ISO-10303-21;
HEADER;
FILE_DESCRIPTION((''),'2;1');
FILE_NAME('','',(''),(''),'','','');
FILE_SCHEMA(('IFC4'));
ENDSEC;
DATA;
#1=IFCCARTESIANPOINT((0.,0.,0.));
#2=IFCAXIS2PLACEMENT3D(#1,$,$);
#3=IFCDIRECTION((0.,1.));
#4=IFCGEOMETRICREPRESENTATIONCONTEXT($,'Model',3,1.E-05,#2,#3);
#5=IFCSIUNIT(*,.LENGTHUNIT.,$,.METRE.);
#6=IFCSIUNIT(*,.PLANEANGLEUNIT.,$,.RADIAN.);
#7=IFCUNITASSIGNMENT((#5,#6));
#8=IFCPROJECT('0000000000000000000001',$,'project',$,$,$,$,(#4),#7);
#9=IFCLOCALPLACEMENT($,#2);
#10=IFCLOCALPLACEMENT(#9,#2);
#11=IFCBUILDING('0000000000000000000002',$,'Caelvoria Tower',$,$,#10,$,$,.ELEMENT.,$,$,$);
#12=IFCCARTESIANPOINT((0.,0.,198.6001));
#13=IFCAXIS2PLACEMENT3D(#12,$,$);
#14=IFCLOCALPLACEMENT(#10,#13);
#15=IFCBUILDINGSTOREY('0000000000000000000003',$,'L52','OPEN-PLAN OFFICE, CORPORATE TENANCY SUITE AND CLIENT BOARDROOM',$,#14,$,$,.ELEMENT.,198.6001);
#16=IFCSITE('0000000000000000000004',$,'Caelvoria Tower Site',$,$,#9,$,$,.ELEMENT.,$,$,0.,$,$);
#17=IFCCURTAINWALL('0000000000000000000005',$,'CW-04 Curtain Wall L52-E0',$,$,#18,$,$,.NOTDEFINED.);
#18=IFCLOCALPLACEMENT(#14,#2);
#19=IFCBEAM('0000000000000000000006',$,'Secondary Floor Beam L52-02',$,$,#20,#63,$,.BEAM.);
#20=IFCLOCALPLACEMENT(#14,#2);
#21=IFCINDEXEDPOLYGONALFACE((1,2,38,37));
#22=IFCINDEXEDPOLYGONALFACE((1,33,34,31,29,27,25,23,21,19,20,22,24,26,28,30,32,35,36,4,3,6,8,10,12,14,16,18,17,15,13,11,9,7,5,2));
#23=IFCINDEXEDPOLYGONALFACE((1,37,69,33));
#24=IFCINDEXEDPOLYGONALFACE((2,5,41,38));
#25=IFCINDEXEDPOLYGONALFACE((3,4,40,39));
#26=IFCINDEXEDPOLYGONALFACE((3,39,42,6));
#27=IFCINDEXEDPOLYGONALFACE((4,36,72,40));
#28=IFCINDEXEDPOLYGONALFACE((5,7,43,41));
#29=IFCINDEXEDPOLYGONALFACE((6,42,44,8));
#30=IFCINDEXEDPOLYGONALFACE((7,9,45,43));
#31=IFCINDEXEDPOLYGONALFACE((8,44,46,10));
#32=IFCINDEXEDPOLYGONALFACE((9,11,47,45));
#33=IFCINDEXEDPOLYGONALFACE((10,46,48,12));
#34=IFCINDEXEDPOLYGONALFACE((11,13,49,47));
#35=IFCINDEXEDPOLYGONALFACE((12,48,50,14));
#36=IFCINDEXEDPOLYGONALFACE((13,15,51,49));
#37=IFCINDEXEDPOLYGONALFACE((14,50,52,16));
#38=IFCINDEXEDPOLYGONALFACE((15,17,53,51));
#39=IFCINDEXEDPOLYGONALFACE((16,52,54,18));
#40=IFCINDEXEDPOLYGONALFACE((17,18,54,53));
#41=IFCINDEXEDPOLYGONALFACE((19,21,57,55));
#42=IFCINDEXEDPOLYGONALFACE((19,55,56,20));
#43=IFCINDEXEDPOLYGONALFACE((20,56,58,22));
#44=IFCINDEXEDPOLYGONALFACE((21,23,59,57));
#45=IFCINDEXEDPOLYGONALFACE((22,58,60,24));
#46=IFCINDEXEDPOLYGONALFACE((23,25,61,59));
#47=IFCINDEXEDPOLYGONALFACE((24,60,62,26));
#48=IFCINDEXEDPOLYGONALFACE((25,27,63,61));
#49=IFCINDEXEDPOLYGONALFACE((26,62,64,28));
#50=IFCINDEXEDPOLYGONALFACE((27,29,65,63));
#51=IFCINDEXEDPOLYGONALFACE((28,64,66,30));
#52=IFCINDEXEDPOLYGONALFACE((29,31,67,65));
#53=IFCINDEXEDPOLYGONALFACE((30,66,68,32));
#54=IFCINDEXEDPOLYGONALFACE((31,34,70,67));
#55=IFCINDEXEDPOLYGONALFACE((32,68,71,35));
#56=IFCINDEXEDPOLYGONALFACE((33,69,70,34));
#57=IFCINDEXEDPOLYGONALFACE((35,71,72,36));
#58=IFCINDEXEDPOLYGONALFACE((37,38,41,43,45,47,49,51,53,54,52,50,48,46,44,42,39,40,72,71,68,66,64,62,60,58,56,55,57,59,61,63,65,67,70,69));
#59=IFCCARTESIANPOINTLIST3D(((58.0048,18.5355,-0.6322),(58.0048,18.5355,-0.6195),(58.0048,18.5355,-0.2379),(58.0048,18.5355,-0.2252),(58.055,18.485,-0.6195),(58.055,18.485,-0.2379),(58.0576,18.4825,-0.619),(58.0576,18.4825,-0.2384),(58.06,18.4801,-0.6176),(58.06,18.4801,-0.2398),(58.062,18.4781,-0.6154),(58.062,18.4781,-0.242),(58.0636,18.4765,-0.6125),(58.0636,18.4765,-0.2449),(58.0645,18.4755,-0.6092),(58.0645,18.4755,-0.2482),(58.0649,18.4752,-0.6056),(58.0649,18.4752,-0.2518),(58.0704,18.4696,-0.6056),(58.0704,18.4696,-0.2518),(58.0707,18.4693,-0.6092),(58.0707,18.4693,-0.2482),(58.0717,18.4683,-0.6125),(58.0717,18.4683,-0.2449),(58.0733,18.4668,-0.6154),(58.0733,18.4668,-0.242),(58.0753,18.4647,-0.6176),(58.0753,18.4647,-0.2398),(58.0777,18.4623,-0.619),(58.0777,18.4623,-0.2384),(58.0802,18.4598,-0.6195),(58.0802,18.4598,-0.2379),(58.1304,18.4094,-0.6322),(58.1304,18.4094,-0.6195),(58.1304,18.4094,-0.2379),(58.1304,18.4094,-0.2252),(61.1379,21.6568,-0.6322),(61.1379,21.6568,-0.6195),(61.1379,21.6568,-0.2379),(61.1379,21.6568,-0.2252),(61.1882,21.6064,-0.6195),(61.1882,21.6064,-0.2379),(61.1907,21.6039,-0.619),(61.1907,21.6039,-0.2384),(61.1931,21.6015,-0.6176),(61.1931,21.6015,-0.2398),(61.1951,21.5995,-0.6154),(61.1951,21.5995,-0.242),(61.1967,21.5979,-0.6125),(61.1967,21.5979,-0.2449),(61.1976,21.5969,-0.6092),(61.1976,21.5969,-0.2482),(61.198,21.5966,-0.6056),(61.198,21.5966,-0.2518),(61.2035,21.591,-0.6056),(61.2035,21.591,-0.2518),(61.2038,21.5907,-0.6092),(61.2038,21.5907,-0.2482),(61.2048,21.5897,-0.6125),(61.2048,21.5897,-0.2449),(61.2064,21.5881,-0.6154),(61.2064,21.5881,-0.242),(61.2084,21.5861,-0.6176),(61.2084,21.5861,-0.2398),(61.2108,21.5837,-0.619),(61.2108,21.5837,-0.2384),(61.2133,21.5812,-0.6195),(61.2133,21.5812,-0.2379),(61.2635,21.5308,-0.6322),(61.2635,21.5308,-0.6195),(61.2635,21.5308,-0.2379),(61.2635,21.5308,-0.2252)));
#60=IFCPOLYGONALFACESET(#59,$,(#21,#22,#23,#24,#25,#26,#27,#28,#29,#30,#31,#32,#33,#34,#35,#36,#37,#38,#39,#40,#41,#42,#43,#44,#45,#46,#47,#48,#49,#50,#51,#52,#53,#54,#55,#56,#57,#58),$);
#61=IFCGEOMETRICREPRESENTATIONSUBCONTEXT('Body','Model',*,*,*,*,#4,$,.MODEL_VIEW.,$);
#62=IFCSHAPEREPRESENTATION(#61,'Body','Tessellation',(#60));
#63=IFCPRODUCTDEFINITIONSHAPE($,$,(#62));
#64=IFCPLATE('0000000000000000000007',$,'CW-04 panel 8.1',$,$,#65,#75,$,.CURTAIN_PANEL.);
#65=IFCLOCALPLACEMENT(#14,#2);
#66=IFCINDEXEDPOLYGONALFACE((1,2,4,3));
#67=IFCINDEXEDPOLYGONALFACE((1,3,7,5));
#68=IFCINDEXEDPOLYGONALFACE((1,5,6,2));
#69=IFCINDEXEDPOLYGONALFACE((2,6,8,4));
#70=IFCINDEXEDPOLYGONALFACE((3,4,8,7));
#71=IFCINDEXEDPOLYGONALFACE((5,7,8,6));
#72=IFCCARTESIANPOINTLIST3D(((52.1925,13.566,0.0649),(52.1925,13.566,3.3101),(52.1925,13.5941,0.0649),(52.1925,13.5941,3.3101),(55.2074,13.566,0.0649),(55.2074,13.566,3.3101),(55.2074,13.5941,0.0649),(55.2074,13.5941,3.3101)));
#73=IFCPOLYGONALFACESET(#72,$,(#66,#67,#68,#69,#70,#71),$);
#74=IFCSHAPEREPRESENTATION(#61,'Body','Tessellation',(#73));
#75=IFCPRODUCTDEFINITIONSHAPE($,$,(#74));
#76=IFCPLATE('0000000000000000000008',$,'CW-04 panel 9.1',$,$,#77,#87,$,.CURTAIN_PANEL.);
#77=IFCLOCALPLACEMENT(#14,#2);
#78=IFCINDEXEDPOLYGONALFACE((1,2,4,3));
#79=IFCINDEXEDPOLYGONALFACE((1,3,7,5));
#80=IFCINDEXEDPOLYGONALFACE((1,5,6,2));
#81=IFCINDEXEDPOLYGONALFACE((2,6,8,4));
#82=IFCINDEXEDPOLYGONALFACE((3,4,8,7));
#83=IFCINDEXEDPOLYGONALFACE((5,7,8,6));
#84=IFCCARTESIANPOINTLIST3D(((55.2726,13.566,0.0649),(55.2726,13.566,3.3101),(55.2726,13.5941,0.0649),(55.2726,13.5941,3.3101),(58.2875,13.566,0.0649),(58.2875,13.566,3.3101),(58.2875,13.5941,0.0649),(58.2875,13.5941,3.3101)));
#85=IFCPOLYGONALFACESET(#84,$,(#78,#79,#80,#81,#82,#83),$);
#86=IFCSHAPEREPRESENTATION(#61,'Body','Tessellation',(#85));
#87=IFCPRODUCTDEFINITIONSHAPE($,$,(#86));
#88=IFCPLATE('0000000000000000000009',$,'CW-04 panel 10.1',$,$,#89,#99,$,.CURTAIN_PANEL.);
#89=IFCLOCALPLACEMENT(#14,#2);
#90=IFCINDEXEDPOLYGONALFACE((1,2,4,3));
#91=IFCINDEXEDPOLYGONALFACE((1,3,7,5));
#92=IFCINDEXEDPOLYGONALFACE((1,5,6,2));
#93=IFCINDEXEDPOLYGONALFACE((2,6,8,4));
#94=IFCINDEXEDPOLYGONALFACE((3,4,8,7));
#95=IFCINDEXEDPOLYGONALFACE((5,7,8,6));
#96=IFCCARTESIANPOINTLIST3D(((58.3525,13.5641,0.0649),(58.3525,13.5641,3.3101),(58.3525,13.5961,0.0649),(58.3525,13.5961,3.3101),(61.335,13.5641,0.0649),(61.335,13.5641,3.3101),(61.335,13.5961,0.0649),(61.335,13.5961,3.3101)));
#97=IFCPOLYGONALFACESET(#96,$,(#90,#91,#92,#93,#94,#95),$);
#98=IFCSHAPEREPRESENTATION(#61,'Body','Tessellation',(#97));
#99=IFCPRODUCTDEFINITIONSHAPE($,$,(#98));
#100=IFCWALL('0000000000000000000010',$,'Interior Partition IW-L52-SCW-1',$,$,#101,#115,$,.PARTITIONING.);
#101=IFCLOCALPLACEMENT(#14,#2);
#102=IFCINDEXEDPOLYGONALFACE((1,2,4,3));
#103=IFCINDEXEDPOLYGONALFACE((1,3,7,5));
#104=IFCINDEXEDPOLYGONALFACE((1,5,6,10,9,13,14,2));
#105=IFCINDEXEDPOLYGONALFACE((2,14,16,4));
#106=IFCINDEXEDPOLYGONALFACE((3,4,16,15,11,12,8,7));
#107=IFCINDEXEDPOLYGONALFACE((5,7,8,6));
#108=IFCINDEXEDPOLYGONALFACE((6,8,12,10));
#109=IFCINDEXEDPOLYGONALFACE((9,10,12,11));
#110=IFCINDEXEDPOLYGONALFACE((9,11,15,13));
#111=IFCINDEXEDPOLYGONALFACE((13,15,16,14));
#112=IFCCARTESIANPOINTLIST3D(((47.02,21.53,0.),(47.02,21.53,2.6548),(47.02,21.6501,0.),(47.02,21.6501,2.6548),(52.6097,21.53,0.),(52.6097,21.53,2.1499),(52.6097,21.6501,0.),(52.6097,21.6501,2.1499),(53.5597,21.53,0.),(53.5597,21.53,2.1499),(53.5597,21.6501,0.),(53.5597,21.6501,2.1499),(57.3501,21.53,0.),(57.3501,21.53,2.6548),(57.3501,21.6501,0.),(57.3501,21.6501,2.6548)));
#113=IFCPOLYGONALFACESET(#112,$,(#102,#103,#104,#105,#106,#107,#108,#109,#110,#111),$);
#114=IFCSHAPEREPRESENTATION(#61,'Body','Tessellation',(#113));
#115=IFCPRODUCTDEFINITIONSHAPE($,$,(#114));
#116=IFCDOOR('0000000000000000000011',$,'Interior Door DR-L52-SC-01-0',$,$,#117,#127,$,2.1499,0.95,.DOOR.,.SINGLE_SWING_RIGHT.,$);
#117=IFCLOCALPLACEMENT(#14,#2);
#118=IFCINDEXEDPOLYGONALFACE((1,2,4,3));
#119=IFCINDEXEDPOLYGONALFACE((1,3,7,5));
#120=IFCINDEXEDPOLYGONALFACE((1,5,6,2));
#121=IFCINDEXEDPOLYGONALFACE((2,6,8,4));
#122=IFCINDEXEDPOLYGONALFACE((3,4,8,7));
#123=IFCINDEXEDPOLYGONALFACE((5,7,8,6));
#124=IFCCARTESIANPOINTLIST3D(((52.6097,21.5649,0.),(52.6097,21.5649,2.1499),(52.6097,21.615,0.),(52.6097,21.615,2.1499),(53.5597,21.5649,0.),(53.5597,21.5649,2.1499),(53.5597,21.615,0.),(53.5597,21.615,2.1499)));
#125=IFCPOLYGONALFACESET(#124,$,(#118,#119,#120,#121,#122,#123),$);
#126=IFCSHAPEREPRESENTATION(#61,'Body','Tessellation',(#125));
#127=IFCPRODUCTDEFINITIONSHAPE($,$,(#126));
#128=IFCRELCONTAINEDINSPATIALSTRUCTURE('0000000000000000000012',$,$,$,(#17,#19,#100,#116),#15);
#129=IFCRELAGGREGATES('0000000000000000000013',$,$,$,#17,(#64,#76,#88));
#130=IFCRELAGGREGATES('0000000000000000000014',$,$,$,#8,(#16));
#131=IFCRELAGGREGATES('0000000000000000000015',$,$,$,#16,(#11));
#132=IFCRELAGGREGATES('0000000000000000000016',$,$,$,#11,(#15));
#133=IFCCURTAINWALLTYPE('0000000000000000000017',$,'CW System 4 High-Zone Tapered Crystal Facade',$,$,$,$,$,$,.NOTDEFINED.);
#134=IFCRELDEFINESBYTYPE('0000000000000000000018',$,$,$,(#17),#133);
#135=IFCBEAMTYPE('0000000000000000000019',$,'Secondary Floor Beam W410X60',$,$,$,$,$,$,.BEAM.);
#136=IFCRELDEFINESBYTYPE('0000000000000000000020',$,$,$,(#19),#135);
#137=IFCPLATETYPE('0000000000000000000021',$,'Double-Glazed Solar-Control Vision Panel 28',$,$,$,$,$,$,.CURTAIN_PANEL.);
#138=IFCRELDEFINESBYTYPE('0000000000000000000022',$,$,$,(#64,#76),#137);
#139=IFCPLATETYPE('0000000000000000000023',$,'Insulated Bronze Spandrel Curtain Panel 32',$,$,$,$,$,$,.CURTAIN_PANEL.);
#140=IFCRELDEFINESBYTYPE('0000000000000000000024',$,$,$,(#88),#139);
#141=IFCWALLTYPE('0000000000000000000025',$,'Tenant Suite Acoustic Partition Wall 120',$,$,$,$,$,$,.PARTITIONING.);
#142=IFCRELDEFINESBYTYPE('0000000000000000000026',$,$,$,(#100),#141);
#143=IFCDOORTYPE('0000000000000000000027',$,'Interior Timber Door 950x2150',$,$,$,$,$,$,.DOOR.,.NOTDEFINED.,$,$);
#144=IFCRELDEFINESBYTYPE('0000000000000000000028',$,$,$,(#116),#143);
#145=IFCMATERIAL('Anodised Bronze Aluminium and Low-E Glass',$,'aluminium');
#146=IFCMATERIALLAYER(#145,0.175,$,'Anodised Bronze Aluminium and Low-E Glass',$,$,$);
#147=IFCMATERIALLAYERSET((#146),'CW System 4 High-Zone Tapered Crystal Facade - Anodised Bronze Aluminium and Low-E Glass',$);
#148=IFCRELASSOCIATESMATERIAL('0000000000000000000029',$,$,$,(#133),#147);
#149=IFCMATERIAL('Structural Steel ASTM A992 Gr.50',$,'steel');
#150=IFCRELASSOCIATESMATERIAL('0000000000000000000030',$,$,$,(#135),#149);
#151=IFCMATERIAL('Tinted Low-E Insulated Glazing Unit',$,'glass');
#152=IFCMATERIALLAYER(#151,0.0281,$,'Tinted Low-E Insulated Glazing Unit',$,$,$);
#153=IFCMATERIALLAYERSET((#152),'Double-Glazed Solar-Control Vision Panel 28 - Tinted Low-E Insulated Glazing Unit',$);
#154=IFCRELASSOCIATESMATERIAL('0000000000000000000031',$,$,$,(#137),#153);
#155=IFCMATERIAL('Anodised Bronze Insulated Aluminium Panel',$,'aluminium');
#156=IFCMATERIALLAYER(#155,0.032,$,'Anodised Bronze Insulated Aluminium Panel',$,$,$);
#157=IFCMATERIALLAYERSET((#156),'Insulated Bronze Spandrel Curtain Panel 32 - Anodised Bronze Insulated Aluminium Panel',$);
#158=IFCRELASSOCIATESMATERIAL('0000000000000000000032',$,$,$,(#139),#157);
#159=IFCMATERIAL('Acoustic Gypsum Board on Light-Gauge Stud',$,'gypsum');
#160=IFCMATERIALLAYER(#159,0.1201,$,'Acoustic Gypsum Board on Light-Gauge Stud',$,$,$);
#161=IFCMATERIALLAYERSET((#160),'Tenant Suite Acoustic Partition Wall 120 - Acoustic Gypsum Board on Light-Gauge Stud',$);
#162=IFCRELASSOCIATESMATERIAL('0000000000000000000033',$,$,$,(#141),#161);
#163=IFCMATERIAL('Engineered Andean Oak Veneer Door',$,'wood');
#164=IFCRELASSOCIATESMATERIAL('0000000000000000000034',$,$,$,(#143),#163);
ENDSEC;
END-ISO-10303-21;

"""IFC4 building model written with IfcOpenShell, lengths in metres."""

from ifc_helpers import new_model, si_unit, direction, frame, frame_2d, origin, origin_2d, place, context, subcontext, project, spatial, rectangle, i_section, extrude, material, layer, layer_set, material_profile, profile_set, type_object, element, fill, aggregate, save


model = new_model("IFC4")

# Units and contexts
model_context = context("Model", 3, precision=1e-05, world=origin(), true_north=direction((0.0, 1.0)))
body_context = subcontext(model_context, "Body", "Model", "MODEL_VIEW")
ifc_project = project(units=[si_unit("LENGTHUNIT", "METRE"), si_unit("PLANEANGLEUNIT", "RADIAN")], contexts=[model_context])

# Site, building, storey
site_placement = place(None, origin())
site = spatial("IfcSite", under=ifc_project, at=site_placement, Name="Caelvoria Tower Site", CompositionType="ELEMENT", RefElevation=0.0)
building_placement = place(site_placement, origin())
building = spatial("IfcBuilding", under=site, at=building_placement, Name="Caelvoria Tower", CompositionType="ELEMENT")
storey_placement = place(building_placement, frame((0.0, 0.0, 198.6001)))
storey = spatial("IfcBuildingStorey", under=building, at=storey_placement, Name="L52", Description="OPEN-PLAN OFFICE, CORPORATE TENANCY SUITE AND CLIENT BOARDROOM", CompositionType="ELEMENT", Elevation=198.6001)

# Curtain wall
ifc_material_1 = material(Name="Anodised Bronze Aluminium and Low-E Glass", Category="aluminium")
ifc_layer_1 = layer(ifc_material_1, 0.175, Name="Anodised Bronze Aluminium and Low-E Glass")
ifc_layer_set_1 = layer_set([ifc_layer_1], Name="CW System 4 High-Zone Tapered Crystal Facade - Anodised Bronze Aluminium and Low-E Glass")
curtain_wall_type = type_object("IfcCurtainWallType", Name="CW System 4 High-Zone Tapered Crystal Facade", PredefinedType="NOTDEFINED", material=ifc_layer_set_1)
curtain_wall_placement = place(storey_placement, origin())
curtain_wall = element("IfcCurtainWall", 1, at=curtain_wall_placement, inside=storey, type_object=curtain_wall_type, Name="CW-04 Curtain Wall L52-E0", PredefinedType="NOTDEFINED")

# Beam
ifc_material_2 = material(Name="Structural Steel ASTM A992 Gr.50", Category="steel")
ifc_material_profile_1 = material_profile(ifc_material_2, i_section(OverallWidth=0.178, OverallDepth=0.407, WebThickness=0.0078, FlangeThickness=0.0127, FilletRadius=0.0139, at=origin_2d()), Name="Structural Steel ASTM A992 Gr.50")
ifc_profile_set_1 = profile_set([ifc_material_profile_1], Name="W410X60 - Structural Steel ASTM A992 Gr.50")
beam_type = type_object("IfcBeamType", Name="Secondary Floor Beam W410X60", PredefinedType="BEAM", material=ifc_profile_set_1)
beam_1_placement = place(storey_placement, frame((58.0676, 18.4724, -0.4287), z_axis=(0.70843, 0.705781, 0.0), x_axis=(-0.705781, 0.70843, 0.0)))
element("IfcBeam", 2, at=beam_1_placement, inside=storey, type_object=beam_type, Name="Secondary Floor Beam L52-02", PredefinedType="BEAM", context=body_context, shape_type="SweptSolid", body=[
    extrude(i_section(OverallWidth=0.178, OverallDepth=0.407, WebThickness=0.0078, FlangeThickness=0.0127, FilletRadius=0.0139, at=origin_2d()), origin(), (0.0, 0.0, 1.0), 4.4226),
])

# Plates
ifc_material_3 = material(Name="Tinted Low-E Insulated Glazing Unit", Category="glass")
ifc_layer_2 = layer(ifc_material_3, 0.0281, Name="Tinted Low-E Insulated Glazing Unit")
ifc_layer_set_2 = layer_set([ifc_layer_2], Name="Double-Glazed Solar-Control Vision Panel 28 - Tinted Low-E Insulated Glazing Unit")
plate_type_1 = type_object("IfcPlateType", Name="Double-Glazed Solar-Control Vision Panel 28", PredefinedType="CURTAIN_PANEL", material=ifc_layer_set_2)
plate_1_placement = place(storey_placement, frame((53.7, 13.5801, 0.0649), z_axis=(0.0, 0.0, 1.0), x_axis=(1.0, 0.0, 0.0)))
plate_1 = element("IfcPlate", 3, at=plate_1_placement, type_object=plate_type_1, Name="CW-04 panel 8.1", PredefinedType="CURTAIN_PANEL", context=body_context, shape_type="SweptSolid", body=[
    extrude(rectangle(XDim=3.0149, YDim=0.0281, at=origin_2d()), origin(), (0.0, 0.0, 1.0), 3.2451),
])
plate_2_placement = place(storey_placement, frame((56.78, 13.5801, 0.0649), z_axis=(0.0, 0.0, 1.0), x_axis=(1.0, 0.0, 0.0)))
plate_2 = element("IfcPlate", 4, at=plate_2_placement, type_object=plate_type_1, Name="CW-04 panel 9.1", PredefinedType="CURTAIN_PANEL", context=body_context, shape_type="SweptSolid", body=[
    extrude(rectangle(XDim=3.0149, YDim=0.0281, at=origin_2d()), origin(), (0.0, 0.0, 1.0), 3.2451),
])
ifc_material_4 = material(Name="Anodised Bronze Insulated Aluminium Panel", Category="aluminium")
ifc_layer_3 = layer(ifc_material_4, 0.032, Name="Anodised Bronze Insulated Aluminium Panel")
ifc_layer_set_3 = layer_set([ifc_layer_3], Name="Insulated Bronze Spandrel Curtain Panel 32 - Anodised Bronze Insulated Aluminium Panel")
plate_type_2 = type_object("IfcPlateType", Name="Insulated Bronze Spandrel Curtain Panel 32", PredefinedType="CURTAIN_PANEL", material=ifc_layer_set_3)
plate_3_placement = place(storey_placement, frame((59.8438, 13.5801, 0.0649), z_axis=(0.0, 0.0, 1.0), x_axis=(1.0, 0.0, 0.0)))
plate_3 = element("IfcPlate", 5, at=plate_3_placement, type_object=plate_type_2, Name="CW-04 panel 10.1", PredefinedType="CURTAIN_PANEL", context=body_context, shape_type="SweptSolid", body=[
    extrude(rectangle(XDim=2.9824, YDim=0.032, at=origin_2d()), origin(), (0.0, 0.0, 1.0), 3.2451),
])
aggregate(curtain_wall, [plate_1, plate_2, plate_3])

# Wall, opening, door
ifc_material_5 = material(Name="Acoustic Gypsum Board on Light-Gauge Stud", Category="gypsum")
ifc_layer_4 = layer(ifc_material_5, 0.1201, Name="Acoustic Gypsum Board on Light-Gauge Stud")
ifc_layer_set_4 = layer_set([ifc_layer_4], Name="Tenant Suite Acoustic Partition Wall 120 - Acoustic Gypsum Board on Light-Gauge Stud")
wall_type = type_object("IfcWallType", Name="Tenant Suite Acoustic Partition Wall 120", PredefinedType="PARTITIONING", material=ifc_layer_set_4)
wall_placement = place(storey_placement, frame((47.02, 21.5901, 0.0), z_axis=(0.0, 0.0, 1.0), x_axis=(1.0, 0.0, 0.0)))
wall = element("IfcWall", 6, at=wall_placement, inside=storey, type_object=wall_type, Name="Interior Partition IW-L52-SCW-1", PredefinedType="PARTITIONING", context=body_context, shape_type="SweptSolid", body=[
    extrude(rectangle(XDim=10.3301, YDim=0.1201, at=frame_2d((5.165, 0.0))), origin(), (0.0, 0.0, 1.0), 2.6548),
])
opening_placement = place(wall_placement, frame((5.5896, 0.0, 0.0)))
opening = element("IfcOpeningElement", 7, at=opening_placement, cuts=wall, PredefinedType="OPENING", context=body_context, shape_type="SweptSolid", body=[
    extrude(rectangle(XDim=0.95, YDim=2.1499, at=frame_2d((0.4751, 1.075))), frame((0.0, 0.0701, 0.0), z_axis=(0.0, -1.0, 0.0), x_axis=(1.0, 0.0, 0.0)), (0.0, 0.0, 1.0), 0.1401),
])
ifc_material_6 = material(Name="Engineered Andean Oak Veneer Door", Category="wood")
door_type = type_object("IfcDoorType", Name="Interior Timber Door 950x2150", OperationType="NOTDEFINED", PredefinedType="DOOR", material=ifc_material_6)
door_placement = place(opening_placement, origin())
door = element("IfcDoor", 8, at=door_placement, inside=storey, type_object=door_type, Name="Interior Door DR-L52-SC-01-0", OperationType="SINGLE_SWING_RIGHT", OverallHeight=2.1499, OverallWidth=0.95, PredefinedType="DOOR", context=body_context, shape_type="SweptSolid", body=[
    extrude(rectangle(XDim=0.95, YDim=2.1499, at=frame_2d((0.4751, 1.075))), frame((0.0, 0.0249, 0.0), z_axis=(0.0, -1.0, 0.0), x_axis=(1.0, 0.0, 0.0)), (0.0, 0.0, 1.0), 0.05),
])
fill(opening, door)

save(model, "model.ifc")
